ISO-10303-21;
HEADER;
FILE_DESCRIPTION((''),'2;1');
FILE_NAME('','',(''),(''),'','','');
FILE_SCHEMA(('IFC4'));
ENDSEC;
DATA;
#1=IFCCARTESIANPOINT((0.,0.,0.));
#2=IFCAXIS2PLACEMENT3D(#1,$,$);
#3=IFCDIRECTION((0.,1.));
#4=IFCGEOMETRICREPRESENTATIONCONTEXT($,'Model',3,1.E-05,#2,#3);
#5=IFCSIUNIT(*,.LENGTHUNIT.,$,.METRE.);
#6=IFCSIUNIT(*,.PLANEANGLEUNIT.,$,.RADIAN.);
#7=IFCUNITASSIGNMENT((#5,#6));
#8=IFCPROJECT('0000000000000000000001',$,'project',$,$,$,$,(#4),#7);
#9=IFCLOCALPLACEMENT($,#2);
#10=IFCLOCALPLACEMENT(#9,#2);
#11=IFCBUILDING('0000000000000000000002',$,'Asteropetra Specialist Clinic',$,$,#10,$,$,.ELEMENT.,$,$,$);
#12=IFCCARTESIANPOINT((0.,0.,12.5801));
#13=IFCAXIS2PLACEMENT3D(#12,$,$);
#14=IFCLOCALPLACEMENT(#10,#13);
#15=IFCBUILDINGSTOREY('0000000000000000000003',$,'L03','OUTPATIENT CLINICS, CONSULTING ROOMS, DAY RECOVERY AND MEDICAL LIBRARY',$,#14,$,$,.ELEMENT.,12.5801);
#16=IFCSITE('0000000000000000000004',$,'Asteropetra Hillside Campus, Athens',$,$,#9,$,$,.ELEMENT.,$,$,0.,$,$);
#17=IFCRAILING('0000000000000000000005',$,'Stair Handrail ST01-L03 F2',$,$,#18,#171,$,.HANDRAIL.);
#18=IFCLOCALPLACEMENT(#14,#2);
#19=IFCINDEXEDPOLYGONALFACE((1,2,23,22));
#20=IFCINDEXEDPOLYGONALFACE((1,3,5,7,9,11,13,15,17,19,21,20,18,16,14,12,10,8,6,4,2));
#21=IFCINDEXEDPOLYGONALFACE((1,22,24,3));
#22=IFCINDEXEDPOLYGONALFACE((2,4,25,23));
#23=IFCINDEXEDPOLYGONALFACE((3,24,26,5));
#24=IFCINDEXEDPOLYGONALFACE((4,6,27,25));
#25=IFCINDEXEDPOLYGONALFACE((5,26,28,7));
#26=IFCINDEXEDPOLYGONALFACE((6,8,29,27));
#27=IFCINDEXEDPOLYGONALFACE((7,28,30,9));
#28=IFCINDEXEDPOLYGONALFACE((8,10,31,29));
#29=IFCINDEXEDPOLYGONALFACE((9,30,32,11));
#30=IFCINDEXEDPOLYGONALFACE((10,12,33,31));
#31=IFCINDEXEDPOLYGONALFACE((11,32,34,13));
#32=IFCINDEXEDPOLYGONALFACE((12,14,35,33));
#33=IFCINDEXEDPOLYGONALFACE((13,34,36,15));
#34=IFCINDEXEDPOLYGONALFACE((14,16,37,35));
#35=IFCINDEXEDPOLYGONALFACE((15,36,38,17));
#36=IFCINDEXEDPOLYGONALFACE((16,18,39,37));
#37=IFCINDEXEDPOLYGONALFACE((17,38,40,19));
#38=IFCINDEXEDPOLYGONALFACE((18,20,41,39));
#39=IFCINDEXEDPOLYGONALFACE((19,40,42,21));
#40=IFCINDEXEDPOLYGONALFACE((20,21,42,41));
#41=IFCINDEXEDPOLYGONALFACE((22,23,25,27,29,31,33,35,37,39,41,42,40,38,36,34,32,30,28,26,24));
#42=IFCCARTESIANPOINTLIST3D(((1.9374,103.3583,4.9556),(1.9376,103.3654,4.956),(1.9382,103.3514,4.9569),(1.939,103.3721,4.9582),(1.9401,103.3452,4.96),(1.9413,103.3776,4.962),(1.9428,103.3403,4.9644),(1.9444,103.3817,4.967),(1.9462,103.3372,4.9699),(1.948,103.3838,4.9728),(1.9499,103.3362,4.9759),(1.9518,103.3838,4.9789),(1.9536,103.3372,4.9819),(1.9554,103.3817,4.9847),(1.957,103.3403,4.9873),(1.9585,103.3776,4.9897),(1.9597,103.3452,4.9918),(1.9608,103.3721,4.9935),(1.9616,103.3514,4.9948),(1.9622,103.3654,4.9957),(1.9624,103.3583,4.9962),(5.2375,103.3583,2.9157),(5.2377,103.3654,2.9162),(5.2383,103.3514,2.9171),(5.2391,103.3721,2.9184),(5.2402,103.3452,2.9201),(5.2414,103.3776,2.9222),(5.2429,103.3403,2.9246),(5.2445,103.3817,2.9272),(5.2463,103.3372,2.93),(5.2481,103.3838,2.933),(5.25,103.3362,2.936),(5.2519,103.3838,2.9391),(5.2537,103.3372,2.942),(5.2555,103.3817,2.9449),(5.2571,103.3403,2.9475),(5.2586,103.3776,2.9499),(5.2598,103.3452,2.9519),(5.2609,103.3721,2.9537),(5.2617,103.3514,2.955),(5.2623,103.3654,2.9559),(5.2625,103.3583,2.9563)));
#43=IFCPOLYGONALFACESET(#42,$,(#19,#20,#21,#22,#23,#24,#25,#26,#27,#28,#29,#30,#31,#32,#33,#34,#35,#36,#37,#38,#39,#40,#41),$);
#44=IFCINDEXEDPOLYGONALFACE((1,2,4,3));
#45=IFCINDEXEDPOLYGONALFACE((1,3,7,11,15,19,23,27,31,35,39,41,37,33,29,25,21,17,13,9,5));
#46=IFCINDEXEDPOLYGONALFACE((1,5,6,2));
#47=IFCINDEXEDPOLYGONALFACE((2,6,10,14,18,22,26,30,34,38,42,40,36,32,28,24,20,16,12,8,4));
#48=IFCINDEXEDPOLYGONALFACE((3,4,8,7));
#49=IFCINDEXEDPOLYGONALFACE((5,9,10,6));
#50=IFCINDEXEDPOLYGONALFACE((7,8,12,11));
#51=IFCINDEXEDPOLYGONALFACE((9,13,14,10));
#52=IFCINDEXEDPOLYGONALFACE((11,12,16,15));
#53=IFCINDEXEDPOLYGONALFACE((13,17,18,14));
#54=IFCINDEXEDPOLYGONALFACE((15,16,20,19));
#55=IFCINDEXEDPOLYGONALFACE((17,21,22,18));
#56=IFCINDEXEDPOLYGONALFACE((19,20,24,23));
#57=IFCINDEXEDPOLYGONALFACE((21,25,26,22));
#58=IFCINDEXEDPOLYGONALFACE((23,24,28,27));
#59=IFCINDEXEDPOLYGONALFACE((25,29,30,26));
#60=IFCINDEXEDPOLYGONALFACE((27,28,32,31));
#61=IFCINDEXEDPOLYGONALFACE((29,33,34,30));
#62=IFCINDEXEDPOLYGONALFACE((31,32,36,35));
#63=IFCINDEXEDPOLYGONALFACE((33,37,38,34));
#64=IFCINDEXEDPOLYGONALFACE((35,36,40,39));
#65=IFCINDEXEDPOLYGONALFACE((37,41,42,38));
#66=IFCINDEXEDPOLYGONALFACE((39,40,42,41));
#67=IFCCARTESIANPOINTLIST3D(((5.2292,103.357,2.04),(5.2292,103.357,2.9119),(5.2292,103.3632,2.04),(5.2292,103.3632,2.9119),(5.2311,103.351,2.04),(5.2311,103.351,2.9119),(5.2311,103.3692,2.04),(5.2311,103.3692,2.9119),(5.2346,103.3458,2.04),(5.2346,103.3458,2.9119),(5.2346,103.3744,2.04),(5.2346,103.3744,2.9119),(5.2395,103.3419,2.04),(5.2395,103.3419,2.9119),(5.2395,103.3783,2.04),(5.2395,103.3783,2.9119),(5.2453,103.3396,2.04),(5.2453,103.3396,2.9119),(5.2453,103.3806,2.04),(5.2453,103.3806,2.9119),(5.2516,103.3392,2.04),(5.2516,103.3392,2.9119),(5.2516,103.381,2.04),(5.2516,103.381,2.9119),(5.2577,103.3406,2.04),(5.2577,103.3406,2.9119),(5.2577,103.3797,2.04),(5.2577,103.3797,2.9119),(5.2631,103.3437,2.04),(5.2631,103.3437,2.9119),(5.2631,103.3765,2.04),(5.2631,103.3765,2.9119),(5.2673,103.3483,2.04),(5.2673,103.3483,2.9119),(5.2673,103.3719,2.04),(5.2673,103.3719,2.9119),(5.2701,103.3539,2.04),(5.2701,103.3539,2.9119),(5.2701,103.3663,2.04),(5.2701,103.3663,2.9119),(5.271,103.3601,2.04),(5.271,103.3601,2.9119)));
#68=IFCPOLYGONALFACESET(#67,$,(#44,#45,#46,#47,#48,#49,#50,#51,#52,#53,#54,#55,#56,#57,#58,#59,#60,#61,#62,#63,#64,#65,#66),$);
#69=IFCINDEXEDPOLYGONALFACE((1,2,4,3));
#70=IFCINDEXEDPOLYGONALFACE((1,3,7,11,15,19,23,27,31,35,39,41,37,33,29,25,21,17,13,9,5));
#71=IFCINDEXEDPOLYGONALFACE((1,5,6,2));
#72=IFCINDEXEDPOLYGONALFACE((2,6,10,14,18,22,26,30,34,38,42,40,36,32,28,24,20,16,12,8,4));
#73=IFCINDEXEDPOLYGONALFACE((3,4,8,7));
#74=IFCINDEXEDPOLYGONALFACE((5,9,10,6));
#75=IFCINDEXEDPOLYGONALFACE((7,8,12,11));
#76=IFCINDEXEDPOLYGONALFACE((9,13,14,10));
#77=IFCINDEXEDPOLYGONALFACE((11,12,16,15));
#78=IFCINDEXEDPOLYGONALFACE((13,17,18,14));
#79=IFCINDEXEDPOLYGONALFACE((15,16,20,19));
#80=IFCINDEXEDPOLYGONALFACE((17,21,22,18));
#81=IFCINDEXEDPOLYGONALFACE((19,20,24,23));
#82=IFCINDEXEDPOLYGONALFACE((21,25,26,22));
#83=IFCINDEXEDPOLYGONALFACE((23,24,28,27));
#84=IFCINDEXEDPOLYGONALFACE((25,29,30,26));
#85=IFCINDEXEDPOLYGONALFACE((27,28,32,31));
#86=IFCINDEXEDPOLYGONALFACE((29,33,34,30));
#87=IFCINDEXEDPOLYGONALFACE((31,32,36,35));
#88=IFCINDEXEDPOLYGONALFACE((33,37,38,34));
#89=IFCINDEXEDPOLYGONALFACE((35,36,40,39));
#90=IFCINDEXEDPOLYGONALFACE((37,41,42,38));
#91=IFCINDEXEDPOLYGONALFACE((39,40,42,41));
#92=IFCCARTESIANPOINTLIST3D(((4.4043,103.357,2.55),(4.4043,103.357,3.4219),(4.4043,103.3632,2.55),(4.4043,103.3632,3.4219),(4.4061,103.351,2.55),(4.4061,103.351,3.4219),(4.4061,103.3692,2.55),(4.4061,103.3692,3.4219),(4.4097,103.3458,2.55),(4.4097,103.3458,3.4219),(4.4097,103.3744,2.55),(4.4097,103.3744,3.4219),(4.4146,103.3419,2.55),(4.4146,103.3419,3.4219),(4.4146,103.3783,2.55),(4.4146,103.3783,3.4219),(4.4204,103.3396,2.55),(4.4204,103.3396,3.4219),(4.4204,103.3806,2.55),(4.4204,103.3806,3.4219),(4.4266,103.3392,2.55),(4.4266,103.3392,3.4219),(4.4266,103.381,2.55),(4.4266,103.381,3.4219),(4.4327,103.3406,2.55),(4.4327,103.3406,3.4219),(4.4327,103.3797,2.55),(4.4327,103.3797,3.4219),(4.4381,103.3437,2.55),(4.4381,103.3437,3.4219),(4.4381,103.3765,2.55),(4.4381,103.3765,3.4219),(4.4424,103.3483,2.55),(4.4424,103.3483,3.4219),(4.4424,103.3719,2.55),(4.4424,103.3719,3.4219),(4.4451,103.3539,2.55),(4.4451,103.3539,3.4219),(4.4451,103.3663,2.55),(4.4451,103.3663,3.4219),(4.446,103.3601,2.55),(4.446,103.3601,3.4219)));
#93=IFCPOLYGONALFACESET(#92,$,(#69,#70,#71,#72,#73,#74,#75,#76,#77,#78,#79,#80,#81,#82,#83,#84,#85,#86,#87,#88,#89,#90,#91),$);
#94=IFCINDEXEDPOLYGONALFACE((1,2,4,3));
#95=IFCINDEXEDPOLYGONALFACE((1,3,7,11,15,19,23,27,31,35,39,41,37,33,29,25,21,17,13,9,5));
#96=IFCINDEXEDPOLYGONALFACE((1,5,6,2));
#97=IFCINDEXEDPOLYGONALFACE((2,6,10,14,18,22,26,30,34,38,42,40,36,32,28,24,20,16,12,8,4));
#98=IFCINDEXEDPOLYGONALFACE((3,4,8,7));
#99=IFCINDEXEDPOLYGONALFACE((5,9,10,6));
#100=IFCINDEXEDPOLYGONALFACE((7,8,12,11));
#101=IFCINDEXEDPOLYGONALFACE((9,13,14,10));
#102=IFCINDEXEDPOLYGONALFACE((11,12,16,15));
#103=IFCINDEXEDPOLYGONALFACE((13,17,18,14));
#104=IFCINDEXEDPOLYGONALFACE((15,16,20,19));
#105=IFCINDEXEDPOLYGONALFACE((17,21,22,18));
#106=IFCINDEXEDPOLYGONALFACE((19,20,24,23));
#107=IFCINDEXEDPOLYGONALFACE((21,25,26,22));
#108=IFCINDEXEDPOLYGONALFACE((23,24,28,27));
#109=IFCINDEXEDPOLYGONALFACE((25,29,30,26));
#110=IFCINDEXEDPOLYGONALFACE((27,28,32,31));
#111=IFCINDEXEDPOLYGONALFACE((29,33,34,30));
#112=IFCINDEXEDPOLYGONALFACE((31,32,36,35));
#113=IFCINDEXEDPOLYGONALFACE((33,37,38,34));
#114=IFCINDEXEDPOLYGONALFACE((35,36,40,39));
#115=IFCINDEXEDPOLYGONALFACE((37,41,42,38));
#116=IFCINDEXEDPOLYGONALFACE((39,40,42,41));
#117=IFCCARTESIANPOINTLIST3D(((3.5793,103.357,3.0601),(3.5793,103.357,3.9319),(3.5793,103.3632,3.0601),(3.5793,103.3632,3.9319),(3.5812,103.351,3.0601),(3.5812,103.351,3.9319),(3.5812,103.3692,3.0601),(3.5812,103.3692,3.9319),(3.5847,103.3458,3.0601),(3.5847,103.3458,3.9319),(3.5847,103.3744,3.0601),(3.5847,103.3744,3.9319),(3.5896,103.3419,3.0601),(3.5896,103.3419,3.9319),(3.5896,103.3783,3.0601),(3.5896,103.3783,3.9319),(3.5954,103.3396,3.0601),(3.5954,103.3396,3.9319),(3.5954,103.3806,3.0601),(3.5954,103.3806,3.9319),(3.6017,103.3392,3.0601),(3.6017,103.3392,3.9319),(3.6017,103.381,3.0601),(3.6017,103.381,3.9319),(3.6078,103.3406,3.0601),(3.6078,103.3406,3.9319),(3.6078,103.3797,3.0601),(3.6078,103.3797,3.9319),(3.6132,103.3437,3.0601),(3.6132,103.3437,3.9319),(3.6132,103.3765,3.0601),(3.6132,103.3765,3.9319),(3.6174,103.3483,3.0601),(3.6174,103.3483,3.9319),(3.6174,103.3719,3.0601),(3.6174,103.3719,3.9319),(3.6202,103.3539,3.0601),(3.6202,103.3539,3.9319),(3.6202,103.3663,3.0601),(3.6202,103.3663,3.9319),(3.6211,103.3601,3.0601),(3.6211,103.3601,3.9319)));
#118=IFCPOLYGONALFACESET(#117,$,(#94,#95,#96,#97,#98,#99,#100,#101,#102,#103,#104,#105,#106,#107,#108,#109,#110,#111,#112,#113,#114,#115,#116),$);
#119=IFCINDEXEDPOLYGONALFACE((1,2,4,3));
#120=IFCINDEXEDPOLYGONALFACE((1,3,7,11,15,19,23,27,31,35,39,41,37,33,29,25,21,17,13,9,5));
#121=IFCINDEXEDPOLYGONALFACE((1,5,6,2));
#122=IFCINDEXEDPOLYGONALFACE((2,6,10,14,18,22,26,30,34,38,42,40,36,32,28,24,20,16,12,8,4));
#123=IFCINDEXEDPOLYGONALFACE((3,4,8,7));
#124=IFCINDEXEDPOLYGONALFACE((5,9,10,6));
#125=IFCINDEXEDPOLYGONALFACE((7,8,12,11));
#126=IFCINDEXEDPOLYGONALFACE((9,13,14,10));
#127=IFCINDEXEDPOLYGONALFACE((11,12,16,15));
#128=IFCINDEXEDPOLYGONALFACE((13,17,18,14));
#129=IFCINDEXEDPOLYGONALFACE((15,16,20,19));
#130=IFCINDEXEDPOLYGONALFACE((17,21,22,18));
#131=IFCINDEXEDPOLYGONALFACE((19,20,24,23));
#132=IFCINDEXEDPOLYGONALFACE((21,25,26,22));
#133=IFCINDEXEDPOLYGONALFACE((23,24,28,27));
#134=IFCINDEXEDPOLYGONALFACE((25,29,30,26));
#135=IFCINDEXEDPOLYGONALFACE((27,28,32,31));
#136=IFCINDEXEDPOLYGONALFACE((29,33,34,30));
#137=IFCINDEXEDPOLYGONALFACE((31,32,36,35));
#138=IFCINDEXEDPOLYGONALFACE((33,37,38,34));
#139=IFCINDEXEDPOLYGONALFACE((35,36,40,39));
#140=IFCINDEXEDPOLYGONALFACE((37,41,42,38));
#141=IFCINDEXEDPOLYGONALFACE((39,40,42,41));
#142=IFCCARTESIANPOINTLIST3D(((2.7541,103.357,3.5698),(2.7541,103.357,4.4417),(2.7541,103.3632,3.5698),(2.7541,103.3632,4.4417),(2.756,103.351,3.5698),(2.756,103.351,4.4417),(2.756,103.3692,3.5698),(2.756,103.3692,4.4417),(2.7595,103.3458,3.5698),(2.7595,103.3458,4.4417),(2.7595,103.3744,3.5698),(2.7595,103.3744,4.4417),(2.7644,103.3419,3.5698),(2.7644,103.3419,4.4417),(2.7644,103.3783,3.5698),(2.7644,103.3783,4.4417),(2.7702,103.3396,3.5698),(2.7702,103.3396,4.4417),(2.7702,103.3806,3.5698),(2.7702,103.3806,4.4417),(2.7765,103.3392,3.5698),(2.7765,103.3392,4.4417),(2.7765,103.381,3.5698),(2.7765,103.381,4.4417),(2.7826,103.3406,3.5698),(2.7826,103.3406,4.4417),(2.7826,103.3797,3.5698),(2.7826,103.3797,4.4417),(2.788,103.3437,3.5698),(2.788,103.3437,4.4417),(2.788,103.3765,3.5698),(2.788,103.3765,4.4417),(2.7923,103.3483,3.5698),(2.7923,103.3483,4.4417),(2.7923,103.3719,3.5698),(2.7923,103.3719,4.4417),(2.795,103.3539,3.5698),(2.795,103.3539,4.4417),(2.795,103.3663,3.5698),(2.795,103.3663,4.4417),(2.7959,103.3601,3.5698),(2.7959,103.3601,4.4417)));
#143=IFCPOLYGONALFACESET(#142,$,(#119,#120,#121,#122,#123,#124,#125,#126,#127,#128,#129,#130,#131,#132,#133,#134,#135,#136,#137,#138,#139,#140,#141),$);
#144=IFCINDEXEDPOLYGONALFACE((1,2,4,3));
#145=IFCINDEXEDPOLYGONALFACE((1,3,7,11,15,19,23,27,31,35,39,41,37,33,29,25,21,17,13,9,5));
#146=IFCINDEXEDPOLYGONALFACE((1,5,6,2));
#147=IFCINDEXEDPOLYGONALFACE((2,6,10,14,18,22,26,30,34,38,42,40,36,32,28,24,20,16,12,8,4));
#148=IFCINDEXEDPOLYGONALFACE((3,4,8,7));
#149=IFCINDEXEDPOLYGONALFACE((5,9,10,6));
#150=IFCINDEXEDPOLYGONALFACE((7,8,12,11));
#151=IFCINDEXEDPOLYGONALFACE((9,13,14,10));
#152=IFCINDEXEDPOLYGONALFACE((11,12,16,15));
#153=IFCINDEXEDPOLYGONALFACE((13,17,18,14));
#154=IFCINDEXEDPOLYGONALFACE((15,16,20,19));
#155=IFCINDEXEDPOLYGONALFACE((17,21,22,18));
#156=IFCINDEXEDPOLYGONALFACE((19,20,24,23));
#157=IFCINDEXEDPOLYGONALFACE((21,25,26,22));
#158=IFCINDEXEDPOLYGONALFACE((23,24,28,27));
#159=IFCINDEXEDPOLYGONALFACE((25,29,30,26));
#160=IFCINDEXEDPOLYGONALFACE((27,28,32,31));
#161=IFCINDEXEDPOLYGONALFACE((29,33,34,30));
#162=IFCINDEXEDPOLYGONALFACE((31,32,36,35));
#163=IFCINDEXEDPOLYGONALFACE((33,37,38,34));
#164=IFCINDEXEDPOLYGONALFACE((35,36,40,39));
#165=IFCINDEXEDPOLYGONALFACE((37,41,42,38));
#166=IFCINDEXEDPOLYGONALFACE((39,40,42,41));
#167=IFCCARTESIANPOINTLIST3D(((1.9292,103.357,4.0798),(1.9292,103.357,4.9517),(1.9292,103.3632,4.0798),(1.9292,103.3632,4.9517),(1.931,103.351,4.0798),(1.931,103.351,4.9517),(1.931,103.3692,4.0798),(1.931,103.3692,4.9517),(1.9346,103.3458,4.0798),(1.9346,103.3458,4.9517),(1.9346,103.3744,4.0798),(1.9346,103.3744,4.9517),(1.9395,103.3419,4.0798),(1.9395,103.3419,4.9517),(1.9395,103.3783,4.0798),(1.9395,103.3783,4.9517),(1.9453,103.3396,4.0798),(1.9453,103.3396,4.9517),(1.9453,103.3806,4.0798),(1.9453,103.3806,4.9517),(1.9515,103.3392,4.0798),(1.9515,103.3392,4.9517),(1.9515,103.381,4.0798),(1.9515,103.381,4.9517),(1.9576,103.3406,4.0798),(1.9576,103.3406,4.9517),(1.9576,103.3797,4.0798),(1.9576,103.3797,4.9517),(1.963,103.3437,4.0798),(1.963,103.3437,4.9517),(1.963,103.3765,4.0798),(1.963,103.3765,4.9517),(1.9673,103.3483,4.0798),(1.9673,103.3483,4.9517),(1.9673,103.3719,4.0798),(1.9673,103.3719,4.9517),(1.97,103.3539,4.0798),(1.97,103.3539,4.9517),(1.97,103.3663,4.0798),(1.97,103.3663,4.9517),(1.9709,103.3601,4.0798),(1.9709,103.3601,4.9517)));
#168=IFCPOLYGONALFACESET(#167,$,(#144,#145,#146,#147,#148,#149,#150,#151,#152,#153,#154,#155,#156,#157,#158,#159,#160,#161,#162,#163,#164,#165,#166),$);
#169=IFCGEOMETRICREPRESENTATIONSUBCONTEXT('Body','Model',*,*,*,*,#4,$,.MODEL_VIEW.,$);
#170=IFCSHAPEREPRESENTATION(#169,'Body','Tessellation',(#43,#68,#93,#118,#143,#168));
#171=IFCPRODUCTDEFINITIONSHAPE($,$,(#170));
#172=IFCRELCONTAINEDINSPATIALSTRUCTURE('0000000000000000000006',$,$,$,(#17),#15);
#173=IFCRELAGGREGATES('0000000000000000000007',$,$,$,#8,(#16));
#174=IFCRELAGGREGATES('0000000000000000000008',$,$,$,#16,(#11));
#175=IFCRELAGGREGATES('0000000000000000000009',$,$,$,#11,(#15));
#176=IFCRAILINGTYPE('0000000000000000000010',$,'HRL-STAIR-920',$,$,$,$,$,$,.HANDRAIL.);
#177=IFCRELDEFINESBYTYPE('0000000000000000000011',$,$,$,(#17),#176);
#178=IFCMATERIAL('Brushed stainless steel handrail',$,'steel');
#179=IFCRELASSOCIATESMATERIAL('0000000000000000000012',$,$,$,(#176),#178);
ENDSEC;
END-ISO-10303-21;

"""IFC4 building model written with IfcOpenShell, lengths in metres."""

from ifc_helpers import new_model, si_unit, direction, frame, origin, origin_2d, place, context, subcontext, project, spatial, circle, extrude, material, type_object, element, save


model = new_model("IFC4")

# Units and contexts
model_context = context("Model", 3, precision=1e-05, world=origin(), true_north=direction((0.0, 1.0)))
body_context = subcontext(model_context, "Body", "Model", "MODEL_VIEW")
ifc_project = project(units=[si_unit("LENGTHUNIT", "METRE"), si_unit("PLANEANGLEUNIT", "RADIAN")], contexts=[model_context])

# Site, building, storey
site_placement = place(None, origin())
site = spatial("IfcSite", under=ifc_project, at=site_placement, Name="Asteropetra Hillside Campus, Athens", CompositionType="ELEMENT", RefElevation=0.0)
building_placement = place(site_placement, origin())
building = spatial("IfcBuilding", under=site, at=building_placement, Name="Asteropetra Specialist Clinic", CompositionType="ELEMENT")
storey_placement = place(building_placement, frame((0.0, 0.0, 12.5801)))
storey = spatial("IfcBuildingStorey", under=building, at=storey_placement, Name="L03", Description="OUTPATIENT CLINICS, CONSULTING ROOMS, DAY RECOVERY AND MEDICAL LIBRARY", CompositionType="ELEMENT", Elevation=12.5801)

# Railing
ifc_material_1 = material(Name="Brushed stainless steel handrail", Category="steel")
railing_type_1 = type_object("IfcRailingType", Name="HRL-STAIR-920", PredefinedType="HANDRAIL", material=ifc_material_1)
railing_1_placement = place(storey_placement, frame((5.25, 103.3601, 2.04)))
element("IfcRailing", 1, at=railing_1_placement, inside=storey, type_object=railing_type_1, Name="Stair Handrail ST01-L03 F2", PredefinedType="HANDRAIL", context=body_context, shape_type="SweptSolid", body=[
    extrude(circle(Radius=0.0239, at=origin_2d()), frame((0.0, 0.0, 0.896), z_axis=(-0.850622, 0.0, 0.525778), x_axis=(0.0, -1.0, 0.0)), (0.0, 0.0, 1.0), 3.8796),
    extrude(circle(Radius=0.021, at=origin_2d()), origin(), (0.0, 0.0, 1.0), 0.8718),
    extrude(circle(Radius=0.021, at=origin_2d()), frame((-0.825, 0.0, 0.51)), (0.0, 0.0, 1.0), 0.8718),
    extrude(circle(Radius=0.021, at=origin_2d()), frame((-1.6499, 0.0, 1.02)), (0.0, 0.0, 1.0), 0.8718),
    extrude(circle(Radius=0.021, at=origin_2d()), frame((-2.4751, 0.0, 1.5298)), (0.0, 0.0, 1.0), 0.8718),
    extrude(circle(Radius=0.021, at=origin_2d()), frame((-3.3, 0.0, 2.0398)), (0.0, 0.0, 1.0), 0.8718),
])

save(model, "model.ifc")
